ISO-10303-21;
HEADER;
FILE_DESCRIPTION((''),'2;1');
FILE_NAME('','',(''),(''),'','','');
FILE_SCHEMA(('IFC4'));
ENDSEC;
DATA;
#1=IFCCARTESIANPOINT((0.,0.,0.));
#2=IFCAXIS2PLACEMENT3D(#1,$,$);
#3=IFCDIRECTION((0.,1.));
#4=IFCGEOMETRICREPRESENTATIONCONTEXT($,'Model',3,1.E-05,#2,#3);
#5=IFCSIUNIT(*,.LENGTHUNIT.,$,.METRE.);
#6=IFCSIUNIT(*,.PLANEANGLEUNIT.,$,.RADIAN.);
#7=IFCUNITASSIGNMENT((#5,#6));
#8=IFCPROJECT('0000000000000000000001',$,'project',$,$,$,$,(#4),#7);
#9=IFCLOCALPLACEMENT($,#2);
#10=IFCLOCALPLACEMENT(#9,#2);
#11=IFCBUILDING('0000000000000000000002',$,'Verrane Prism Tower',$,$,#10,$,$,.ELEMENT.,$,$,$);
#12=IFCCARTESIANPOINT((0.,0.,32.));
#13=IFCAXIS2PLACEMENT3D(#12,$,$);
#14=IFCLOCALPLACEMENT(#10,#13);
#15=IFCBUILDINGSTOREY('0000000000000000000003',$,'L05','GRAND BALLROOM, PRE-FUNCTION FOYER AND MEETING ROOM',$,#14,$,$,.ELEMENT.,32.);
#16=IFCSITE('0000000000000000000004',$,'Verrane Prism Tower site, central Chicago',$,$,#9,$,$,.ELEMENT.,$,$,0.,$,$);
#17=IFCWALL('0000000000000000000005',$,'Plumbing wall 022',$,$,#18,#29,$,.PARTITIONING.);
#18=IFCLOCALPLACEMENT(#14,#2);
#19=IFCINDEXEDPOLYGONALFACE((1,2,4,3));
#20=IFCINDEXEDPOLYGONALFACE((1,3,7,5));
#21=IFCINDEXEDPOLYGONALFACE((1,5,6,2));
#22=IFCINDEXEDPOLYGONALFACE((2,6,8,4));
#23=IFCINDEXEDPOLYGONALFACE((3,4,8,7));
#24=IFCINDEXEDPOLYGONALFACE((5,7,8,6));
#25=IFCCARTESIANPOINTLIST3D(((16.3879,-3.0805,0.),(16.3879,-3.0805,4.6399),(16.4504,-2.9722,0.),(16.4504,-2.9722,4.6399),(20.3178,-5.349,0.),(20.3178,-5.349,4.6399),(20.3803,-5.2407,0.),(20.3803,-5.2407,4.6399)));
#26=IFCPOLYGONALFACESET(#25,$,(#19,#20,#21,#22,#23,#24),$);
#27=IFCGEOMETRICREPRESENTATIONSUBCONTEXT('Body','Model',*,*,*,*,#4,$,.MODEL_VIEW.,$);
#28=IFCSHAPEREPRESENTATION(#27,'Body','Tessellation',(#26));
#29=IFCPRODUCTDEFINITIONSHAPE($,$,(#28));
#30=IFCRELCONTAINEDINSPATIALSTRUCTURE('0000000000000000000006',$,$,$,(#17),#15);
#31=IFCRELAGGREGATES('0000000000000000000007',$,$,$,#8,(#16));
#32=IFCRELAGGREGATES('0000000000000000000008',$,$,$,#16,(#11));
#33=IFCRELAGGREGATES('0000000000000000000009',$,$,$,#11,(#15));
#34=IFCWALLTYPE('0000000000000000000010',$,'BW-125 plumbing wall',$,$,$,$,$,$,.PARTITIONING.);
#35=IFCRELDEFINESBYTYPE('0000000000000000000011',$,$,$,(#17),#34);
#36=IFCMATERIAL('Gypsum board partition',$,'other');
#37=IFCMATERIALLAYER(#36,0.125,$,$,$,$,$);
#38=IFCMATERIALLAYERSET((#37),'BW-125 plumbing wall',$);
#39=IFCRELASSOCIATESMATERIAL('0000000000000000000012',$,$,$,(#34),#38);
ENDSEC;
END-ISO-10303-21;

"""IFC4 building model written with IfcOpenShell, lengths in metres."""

from ifc_helpers import new_model, si_unit, direction, frame, frame_2d, origin, place, context, subcontext, project, spatial, rectangle, extrude, material, layer, layer_set, type_object, element, save


model = new_model("IFC4")

# Units and contexts
model_context = context("Model", 3, precision=1e-05, world=origin(), true_north=direction((0.0, 1.0)))
body_context = subcontext(model_context, "Body", "Model", "MODEL_VIEW")
ifc_project = project(units=[si_unit("LENGTHUNIT", "METRE"), si_unit("PLANEANGLEUNIT", "RADIAN")], contexts=[model_context])

# Site, building, storey
site_placement = place(None, origin())
site = spatial("IfcSite", under=ifc_project, at=site_placement, Name="Verrane Prism Tower site, central Chicago", CompositionType="ELEMENT", RefElevation=0.0)
building_placement = place(site_placement, origin())
building = spatial("IfcBuilding", under=site, at=building_placement, Name="Verrane Prism Tower", CompositionType="ELEMENT")
storey_placement = place(building_placement, frame((0.0, 0.0, 32.0)))
storey = spatial("IfcBuildingStorey", under=building, at=storey_placement, Name="L05", Description="GRAND BALLROOM, PRE-FUNCTION FOYER AND MEETING ROOM", CompositionType="ELEMENT", Elevation=32.0)

# Shared definitions
ifc_material_1 = material(Name="Gypsum board partition", Category="other")
ifc_layer_1 = layer(ifc_material_1, 0.125)
ifc_layer_set_1 = layer_set([ifc_layer_1], Name="BW-125 plumbing wall")
wall_type = type_object("IfcWallType", Name="BW-125 plumbing wall", PredefinedType="PARTITIONING", material=ifc_layer_set_1)

# Wall
wall_1_placement = place(storey_placement, frame((16.4192, -3.0264, 0.0), z_axis=(0.0, 0.0, 1.0), x_axis=(0.866063, -0.499935, 0.0)))
element("IfcWall", 1, at=wall_1_placement, inside=storey, type_object=wall_type, Name="Plumbing wall 022", PredefinedType="PARTITIONING", context=body_context, shape_type="SweptSolid", body=[
    extrude(rectangle(XDim=4.5376, YDim=0.125, at=frame_2d((2.2688, 0.0))), origin(), (0.0, 0.0, 1.0), 4.6399),
])

save(model, "model.ifc")
